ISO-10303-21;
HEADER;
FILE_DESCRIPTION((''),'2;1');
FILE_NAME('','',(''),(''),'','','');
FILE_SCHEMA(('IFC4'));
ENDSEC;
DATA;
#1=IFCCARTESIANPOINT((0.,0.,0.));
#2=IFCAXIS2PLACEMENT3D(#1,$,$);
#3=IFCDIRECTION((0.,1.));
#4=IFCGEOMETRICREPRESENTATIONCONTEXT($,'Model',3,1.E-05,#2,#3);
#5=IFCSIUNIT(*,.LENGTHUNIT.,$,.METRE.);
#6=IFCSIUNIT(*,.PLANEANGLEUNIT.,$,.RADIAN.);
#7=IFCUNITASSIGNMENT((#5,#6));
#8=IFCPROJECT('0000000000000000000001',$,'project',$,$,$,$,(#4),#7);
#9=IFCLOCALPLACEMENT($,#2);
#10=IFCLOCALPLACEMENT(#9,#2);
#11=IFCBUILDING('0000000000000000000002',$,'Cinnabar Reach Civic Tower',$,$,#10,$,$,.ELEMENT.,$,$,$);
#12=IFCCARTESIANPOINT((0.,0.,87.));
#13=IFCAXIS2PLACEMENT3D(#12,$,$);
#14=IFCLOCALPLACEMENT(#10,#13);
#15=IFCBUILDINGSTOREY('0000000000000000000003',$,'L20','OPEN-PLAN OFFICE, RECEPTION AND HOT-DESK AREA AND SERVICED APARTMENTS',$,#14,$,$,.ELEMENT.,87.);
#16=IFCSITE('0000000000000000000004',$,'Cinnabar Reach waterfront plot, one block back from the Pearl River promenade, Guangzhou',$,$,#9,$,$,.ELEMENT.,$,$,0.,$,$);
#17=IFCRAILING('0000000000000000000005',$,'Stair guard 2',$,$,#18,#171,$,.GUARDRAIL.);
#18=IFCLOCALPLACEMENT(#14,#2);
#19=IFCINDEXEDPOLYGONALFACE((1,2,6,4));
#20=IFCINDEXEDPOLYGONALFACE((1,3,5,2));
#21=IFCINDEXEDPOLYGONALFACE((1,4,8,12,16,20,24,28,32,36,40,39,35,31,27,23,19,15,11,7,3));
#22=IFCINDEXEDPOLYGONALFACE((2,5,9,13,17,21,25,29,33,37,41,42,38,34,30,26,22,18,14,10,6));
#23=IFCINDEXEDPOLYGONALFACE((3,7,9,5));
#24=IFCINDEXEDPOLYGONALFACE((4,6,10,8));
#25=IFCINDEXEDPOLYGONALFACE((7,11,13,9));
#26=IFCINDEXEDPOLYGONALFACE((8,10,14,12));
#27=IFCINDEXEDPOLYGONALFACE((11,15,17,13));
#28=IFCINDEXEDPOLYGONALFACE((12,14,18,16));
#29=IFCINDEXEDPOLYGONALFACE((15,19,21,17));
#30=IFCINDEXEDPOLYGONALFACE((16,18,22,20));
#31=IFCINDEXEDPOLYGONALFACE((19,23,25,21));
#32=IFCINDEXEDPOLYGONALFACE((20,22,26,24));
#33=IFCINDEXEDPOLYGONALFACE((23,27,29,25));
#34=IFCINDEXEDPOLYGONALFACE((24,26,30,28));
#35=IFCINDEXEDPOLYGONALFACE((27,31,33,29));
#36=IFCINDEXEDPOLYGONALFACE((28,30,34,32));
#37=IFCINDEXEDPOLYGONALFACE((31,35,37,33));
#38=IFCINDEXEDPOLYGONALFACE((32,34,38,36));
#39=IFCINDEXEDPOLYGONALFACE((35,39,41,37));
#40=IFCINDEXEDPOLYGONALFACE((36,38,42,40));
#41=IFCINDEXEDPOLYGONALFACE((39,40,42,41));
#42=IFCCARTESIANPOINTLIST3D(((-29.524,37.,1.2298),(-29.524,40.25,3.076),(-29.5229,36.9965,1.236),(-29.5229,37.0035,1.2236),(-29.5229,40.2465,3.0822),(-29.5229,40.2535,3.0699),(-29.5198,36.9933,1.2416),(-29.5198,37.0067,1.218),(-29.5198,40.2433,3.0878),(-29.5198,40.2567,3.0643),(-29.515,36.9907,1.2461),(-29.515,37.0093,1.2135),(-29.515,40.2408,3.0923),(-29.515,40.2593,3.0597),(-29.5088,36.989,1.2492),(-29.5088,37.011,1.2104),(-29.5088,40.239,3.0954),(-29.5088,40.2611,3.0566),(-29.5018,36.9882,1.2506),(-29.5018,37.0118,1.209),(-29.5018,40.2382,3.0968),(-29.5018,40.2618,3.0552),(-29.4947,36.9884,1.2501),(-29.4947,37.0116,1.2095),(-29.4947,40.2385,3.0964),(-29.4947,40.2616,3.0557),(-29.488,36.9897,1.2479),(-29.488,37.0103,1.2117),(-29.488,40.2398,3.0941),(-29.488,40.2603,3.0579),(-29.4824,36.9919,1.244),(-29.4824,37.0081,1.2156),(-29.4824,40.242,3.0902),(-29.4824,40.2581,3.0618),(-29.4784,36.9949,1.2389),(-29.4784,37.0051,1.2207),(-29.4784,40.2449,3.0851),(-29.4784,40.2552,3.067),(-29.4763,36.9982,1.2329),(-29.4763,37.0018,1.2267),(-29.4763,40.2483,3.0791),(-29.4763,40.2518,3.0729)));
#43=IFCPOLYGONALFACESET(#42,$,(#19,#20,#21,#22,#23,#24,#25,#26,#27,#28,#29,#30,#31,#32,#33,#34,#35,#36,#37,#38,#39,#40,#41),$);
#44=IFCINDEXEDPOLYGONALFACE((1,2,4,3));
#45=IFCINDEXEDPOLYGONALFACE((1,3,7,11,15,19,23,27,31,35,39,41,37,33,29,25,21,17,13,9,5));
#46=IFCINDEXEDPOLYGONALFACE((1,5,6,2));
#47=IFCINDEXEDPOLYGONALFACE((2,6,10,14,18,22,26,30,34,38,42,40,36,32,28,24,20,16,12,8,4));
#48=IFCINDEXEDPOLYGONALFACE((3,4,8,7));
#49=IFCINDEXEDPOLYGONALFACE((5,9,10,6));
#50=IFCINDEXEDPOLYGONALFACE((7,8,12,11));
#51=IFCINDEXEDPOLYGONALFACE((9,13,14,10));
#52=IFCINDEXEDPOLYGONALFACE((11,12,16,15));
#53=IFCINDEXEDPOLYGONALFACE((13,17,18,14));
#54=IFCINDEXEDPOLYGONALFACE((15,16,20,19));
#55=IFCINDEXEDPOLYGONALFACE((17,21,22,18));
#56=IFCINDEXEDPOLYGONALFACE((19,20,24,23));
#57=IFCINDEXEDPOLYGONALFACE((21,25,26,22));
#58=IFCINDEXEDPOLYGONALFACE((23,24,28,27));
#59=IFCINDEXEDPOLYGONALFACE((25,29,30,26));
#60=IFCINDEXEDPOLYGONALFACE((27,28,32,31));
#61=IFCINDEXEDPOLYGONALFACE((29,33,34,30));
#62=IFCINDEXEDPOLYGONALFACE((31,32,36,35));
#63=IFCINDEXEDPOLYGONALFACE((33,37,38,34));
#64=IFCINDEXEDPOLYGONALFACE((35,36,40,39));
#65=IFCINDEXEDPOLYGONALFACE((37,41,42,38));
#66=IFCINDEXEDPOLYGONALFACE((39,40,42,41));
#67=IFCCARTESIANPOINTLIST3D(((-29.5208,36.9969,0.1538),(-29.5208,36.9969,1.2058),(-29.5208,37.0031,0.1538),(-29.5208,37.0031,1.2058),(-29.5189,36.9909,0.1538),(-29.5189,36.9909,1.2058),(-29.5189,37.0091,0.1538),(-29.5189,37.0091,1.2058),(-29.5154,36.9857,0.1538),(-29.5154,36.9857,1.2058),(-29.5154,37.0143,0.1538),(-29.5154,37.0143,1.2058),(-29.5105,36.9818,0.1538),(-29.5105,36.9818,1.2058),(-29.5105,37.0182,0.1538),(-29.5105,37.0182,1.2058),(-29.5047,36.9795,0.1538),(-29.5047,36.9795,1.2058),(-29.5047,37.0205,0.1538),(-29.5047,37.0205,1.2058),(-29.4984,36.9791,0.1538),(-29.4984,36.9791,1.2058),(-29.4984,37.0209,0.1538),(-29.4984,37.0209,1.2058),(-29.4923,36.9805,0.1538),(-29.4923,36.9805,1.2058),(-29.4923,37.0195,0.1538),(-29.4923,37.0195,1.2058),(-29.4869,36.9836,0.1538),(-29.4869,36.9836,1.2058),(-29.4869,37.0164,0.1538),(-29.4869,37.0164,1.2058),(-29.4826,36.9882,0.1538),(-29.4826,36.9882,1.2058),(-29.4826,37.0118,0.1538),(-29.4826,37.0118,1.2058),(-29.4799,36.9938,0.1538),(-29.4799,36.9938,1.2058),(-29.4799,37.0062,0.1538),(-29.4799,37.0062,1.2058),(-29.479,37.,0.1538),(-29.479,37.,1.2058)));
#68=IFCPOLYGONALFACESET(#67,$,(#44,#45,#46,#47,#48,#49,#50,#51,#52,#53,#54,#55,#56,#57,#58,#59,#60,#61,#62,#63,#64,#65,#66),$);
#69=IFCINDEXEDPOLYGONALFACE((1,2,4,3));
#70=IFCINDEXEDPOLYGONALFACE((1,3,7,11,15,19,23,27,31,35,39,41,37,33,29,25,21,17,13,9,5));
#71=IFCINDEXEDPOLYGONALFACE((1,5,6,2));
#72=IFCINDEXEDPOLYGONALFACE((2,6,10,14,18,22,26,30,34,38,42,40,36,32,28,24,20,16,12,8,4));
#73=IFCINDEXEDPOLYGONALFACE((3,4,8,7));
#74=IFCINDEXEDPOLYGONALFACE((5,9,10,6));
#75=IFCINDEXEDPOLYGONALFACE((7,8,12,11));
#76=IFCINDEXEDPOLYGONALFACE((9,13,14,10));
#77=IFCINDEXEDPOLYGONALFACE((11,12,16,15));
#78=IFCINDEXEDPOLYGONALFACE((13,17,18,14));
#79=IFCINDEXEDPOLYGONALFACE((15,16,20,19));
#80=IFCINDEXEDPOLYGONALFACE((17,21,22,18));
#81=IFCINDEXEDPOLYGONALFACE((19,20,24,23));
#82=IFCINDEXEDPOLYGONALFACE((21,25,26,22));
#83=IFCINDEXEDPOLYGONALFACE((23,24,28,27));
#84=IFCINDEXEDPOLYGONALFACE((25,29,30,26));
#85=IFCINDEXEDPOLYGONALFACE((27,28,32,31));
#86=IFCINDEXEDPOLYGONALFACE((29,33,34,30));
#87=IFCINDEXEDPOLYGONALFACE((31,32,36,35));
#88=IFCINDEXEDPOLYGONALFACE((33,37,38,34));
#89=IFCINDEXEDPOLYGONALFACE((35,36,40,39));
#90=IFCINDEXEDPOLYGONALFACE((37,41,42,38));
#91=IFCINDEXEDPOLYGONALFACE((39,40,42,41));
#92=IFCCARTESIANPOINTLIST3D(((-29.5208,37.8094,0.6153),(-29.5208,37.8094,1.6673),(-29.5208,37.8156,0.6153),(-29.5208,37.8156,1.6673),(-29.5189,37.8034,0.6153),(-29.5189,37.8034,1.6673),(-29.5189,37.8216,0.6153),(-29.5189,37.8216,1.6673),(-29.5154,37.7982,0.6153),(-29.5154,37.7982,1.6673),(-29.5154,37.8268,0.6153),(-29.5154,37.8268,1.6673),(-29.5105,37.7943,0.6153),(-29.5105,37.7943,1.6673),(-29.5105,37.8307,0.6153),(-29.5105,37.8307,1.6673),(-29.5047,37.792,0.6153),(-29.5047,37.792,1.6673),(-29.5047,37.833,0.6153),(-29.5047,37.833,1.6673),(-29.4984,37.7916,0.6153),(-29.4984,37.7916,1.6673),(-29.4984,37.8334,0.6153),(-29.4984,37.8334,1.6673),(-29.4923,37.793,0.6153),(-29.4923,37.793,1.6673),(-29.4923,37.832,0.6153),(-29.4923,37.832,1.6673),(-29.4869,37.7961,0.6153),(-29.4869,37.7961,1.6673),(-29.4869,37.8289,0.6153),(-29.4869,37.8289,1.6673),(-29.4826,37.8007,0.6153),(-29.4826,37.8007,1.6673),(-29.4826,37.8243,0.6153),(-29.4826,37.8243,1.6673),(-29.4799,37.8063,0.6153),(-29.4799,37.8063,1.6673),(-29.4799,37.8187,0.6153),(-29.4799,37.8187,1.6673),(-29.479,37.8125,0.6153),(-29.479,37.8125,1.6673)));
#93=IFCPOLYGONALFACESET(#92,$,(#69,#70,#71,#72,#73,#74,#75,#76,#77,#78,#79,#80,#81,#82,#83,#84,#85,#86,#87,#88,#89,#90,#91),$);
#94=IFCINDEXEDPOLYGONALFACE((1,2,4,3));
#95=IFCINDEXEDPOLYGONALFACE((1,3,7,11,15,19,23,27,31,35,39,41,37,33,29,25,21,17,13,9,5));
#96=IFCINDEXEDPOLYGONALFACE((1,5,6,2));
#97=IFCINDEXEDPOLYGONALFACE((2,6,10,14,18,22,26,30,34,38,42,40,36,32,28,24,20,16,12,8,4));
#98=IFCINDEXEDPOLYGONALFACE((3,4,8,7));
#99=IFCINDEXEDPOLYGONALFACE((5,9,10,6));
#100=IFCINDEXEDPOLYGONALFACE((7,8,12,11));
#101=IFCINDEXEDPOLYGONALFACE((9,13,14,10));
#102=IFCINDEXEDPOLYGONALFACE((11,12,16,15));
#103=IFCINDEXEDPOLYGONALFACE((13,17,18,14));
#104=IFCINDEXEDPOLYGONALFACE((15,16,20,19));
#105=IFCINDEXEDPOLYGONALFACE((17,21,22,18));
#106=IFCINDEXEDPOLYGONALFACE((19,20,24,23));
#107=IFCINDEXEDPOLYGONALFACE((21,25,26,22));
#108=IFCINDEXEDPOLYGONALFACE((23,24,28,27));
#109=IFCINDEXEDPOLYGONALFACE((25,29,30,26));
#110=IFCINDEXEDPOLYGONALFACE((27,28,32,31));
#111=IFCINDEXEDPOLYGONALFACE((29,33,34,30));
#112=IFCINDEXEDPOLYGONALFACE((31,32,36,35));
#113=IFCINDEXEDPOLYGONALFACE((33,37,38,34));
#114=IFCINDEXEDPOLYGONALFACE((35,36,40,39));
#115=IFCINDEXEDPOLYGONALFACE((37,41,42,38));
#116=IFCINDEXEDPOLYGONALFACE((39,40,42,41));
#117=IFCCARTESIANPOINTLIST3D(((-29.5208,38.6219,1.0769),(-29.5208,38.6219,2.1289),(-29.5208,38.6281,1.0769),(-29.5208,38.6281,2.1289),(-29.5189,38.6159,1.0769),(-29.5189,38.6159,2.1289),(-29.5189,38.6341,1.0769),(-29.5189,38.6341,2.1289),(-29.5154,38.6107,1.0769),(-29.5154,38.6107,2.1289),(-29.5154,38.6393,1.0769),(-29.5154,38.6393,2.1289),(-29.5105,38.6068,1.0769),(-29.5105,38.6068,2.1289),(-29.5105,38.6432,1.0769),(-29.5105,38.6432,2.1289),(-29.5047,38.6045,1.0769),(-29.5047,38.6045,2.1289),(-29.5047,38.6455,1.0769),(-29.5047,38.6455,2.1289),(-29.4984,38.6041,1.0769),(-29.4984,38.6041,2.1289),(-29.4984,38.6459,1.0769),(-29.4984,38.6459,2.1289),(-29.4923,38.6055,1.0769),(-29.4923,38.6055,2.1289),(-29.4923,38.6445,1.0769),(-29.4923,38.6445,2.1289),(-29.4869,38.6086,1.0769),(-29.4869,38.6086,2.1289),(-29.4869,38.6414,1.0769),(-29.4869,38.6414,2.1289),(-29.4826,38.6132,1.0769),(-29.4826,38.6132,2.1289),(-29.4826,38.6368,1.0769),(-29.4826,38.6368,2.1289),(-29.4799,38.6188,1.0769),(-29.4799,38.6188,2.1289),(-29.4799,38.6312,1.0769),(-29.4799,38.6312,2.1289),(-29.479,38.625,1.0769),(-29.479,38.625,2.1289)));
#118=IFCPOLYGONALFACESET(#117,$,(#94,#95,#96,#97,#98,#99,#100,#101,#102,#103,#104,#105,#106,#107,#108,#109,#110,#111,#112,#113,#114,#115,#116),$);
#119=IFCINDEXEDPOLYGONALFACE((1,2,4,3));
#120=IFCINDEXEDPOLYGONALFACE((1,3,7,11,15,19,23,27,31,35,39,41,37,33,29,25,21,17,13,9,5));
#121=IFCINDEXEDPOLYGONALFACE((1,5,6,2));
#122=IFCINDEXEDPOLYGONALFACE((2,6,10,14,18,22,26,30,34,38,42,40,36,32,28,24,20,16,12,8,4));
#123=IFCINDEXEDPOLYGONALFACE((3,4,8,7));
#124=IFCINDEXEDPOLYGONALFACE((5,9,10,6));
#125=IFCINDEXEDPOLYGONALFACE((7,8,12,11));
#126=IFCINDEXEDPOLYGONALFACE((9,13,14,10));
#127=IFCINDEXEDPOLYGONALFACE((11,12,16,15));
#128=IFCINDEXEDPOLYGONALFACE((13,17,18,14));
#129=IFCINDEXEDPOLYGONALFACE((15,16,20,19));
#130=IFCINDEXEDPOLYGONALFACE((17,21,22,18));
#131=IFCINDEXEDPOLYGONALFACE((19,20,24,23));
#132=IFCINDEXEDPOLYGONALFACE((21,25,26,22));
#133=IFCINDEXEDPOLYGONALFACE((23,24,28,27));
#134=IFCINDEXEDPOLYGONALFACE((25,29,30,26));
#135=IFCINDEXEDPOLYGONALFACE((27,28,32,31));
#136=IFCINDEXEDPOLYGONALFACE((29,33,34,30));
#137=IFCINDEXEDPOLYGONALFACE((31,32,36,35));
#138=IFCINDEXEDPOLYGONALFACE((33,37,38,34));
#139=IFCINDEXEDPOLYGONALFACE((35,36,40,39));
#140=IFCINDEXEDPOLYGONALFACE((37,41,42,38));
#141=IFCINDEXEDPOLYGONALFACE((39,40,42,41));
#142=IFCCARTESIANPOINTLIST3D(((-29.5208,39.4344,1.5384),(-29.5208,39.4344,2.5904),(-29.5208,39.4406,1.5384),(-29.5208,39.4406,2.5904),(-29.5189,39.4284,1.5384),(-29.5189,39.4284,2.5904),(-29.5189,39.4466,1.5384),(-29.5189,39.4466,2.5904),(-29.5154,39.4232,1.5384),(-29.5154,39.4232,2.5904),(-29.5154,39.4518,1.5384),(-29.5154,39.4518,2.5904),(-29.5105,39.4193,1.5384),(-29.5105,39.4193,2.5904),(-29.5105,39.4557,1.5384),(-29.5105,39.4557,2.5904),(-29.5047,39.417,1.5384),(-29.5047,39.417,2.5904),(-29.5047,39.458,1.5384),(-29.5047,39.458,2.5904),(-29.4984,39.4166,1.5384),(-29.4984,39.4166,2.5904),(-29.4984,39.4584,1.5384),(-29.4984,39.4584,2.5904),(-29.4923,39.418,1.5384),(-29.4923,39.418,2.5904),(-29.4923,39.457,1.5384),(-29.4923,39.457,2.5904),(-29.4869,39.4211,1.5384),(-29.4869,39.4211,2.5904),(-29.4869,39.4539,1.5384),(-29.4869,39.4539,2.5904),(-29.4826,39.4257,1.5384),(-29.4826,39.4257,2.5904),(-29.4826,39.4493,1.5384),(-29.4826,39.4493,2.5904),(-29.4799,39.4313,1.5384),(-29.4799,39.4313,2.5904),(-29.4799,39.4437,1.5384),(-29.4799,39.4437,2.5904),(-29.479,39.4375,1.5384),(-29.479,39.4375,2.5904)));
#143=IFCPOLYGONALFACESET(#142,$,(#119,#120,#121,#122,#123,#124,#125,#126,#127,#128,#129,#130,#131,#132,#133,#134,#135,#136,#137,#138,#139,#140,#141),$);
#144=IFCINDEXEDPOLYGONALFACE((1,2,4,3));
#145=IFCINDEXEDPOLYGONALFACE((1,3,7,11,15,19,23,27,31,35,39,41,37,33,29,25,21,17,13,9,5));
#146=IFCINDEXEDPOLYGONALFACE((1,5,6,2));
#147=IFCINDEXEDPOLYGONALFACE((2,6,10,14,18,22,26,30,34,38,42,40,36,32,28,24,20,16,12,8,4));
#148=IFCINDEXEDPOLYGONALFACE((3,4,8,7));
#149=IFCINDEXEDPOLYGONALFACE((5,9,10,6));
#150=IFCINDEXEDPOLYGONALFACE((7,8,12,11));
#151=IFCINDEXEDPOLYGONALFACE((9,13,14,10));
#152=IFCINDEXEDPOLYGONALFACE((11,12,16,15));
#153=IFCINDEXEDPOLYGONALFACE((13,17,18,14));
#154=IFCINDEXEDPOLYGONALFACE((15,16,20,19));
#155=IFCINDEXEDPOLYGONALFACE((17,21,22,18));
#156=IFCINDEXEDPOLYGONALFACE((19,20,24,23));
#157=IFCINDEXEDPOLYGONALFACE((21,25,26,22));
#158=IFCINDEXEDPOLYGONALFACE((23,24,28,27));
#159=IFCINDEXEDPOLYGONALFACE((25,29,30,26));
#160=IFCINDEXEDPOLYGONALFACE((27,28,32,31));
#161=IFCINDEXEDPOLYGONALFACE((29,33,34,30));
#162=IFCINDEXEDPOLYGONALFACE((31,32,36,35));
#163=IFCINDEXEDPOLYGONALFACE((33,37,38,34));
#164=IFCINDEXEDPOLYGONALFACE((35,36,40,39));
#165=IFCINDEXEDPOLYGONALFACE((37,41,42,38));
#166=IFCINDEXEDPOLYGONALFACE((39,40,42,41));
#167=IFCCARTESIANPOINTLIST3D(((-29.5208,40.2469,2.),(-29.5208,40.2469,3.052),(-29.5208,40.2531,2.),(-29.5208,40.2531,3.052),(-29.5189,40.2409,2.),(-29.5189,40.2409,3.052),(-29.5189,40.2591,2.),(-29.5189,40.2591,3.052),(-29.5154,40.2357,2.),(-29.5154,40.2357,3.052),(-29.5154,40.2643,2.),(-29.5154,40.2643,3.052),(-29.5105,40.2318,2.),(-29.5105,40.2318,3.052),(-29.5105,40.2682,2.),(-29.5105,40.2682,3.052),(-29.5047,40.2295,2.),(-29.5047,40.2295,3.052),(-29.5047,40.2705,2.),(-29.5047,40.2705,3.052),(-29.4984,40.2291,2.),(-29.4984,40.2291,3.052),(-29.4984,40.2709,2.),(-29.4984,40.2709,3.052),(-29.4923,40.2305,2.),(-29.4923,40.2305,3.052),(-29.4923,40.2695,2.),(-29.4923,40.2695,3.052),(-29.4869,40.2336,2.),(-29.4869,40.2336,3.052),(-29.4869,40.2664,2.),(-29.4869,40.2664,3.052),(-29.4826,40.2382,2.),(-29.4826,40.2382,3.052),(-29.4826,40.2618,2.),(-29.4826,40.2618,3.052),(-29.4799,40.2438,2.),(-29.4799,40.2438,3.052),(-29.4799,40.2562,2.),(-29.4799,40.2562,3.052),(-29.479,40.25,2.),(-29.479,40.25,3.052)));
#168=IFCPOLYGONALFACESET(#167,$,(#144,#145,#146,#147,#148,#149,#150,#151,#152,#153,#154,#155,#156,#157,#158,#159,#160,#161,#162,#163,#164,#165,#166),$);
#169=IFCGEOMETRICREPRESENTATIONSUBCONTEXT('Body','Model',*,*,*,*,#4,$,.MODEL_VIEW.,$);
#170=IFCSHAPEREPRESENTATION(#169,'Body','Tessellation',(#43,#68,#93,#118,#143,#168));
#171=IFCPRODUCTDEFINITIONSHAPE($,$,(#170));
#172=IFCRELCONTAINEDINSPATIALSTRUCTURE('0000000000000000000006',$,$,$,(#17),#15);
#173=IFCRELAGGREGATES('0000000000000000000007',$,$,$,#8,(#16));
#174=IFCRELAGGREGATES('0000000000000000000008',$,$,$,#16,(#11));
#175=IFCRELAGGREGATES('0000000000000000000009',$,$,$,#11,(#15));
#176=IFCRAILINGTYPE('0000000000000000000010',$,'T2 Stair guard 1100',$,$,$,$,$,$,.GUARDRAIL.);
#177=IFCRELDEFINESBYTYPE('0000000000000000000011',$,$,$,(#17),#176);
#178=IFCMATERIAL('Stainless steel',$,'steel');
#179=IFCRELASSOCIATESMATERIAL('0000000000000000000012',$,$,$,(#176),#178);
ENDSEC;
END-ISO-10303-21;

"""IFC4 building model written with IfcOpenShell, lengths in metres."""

from ifc_helpers import new_model, si_unit, direction, frame, origin, origin_2d, place, context, subcontext, project, spatial, circle, extrude, material, type_object, element, save


model = new_model("IFC4")

# Units and contexts
model_context = context("Model", 3, precision=1e-05, world=origin(), true_north=direction((0.0, 1.0)))
body_context = subcontext(model_context, "Body", "Model", "MODEL_VIEW")
ifc_project = project(units=[si_unit("LENGTHUNIT", "METRE"), si_unit("PLANEANGLEUNIT", "RADIAN")], contexts=[model_context])

# Site, building, storey
site_placement = place(None, origin())
site = spatial("IfcSite", under=ifc_project, at=site_placement, Name="Cinnabar Reach waterfront plot, one block back from the Pearl River promenade, Guangzhou", CompositionType="ELEMENT", RefElevation=0.0)
building_placement = place(site_placement, origin())
building = spatial("IfcBuilding", under=site, at=building_placement, Name="Cinnabar Reach Civic Tower", CompositionType="ELEMENT")
storey_placement = place(building_placement, frame((0.0, 0.0, 87.0)))
storey = spatial("IfcBuildingStorey", under=building, at=storey_placement, Name="L20", Description="OPEN-PLAN OFFICE, RECEPTION AND HOT-DESK AREA AND SERVICED APARTMENTS", CompositionType="ELEMENT", Elevation=87.0)

# Railing
ifc_material_1 = material(Name="Stainless steel", Category="steel")
railing_type_1 = type_object("IfcRailingType", Name="T2 Stair guard 1100", PredefinedType="GUARDRAIL", material=ifc_material_1)
railing_1_placement = place(storey_placement, frame((-29.5, 37.0, 0.1538)))
element("IfcRailing", 1, at=railing_1_placement, inside=storey, type_object=railing_type_1, Name="Stair guard 2", PredefinedType="GUARDRAIL", context=body_context, shape_type="SweptSolid", body=[
    extrude(circle(Radius=0.024, at=origin_2d()), frame((0.0, 0.0, 1.076), z_axis=(0.0, 0.869501, 0.49393), x_axis=(-1.0, 0.0, 0.0)), (0.0, 0.0, 1.0), 3.7378),
    extrude(circle(Radius=0.021, at=origin_2d()), origin(), (0.0, 0.0, 1.0), 1.052),
    extrude(circle(Radius=0.021, at=origin_2d()), frame((0.0, 0.8125, 0.4615)), (0.0, 0.0, 1.0), 1.052),
    extrude(circle(Radius=0.021, at=origin_2d()), frame((0.0, 1.625, 0.9231)), (0.0, 0.0, 1.0), 1.052),
    extrude(circle(Radius=0.021, at=origin_2d()), frame((0.0, 2.4375, 1.3846)), (0.0, 0.0, 1.0), 1.052),
    extrude(circle(Radius=0.021, at=origin_2d()), frame((0.0, 3.25, 1.8462)), (0.0, 0.0, 1.0), 1.052),
])

save(model, "model.ifc")
